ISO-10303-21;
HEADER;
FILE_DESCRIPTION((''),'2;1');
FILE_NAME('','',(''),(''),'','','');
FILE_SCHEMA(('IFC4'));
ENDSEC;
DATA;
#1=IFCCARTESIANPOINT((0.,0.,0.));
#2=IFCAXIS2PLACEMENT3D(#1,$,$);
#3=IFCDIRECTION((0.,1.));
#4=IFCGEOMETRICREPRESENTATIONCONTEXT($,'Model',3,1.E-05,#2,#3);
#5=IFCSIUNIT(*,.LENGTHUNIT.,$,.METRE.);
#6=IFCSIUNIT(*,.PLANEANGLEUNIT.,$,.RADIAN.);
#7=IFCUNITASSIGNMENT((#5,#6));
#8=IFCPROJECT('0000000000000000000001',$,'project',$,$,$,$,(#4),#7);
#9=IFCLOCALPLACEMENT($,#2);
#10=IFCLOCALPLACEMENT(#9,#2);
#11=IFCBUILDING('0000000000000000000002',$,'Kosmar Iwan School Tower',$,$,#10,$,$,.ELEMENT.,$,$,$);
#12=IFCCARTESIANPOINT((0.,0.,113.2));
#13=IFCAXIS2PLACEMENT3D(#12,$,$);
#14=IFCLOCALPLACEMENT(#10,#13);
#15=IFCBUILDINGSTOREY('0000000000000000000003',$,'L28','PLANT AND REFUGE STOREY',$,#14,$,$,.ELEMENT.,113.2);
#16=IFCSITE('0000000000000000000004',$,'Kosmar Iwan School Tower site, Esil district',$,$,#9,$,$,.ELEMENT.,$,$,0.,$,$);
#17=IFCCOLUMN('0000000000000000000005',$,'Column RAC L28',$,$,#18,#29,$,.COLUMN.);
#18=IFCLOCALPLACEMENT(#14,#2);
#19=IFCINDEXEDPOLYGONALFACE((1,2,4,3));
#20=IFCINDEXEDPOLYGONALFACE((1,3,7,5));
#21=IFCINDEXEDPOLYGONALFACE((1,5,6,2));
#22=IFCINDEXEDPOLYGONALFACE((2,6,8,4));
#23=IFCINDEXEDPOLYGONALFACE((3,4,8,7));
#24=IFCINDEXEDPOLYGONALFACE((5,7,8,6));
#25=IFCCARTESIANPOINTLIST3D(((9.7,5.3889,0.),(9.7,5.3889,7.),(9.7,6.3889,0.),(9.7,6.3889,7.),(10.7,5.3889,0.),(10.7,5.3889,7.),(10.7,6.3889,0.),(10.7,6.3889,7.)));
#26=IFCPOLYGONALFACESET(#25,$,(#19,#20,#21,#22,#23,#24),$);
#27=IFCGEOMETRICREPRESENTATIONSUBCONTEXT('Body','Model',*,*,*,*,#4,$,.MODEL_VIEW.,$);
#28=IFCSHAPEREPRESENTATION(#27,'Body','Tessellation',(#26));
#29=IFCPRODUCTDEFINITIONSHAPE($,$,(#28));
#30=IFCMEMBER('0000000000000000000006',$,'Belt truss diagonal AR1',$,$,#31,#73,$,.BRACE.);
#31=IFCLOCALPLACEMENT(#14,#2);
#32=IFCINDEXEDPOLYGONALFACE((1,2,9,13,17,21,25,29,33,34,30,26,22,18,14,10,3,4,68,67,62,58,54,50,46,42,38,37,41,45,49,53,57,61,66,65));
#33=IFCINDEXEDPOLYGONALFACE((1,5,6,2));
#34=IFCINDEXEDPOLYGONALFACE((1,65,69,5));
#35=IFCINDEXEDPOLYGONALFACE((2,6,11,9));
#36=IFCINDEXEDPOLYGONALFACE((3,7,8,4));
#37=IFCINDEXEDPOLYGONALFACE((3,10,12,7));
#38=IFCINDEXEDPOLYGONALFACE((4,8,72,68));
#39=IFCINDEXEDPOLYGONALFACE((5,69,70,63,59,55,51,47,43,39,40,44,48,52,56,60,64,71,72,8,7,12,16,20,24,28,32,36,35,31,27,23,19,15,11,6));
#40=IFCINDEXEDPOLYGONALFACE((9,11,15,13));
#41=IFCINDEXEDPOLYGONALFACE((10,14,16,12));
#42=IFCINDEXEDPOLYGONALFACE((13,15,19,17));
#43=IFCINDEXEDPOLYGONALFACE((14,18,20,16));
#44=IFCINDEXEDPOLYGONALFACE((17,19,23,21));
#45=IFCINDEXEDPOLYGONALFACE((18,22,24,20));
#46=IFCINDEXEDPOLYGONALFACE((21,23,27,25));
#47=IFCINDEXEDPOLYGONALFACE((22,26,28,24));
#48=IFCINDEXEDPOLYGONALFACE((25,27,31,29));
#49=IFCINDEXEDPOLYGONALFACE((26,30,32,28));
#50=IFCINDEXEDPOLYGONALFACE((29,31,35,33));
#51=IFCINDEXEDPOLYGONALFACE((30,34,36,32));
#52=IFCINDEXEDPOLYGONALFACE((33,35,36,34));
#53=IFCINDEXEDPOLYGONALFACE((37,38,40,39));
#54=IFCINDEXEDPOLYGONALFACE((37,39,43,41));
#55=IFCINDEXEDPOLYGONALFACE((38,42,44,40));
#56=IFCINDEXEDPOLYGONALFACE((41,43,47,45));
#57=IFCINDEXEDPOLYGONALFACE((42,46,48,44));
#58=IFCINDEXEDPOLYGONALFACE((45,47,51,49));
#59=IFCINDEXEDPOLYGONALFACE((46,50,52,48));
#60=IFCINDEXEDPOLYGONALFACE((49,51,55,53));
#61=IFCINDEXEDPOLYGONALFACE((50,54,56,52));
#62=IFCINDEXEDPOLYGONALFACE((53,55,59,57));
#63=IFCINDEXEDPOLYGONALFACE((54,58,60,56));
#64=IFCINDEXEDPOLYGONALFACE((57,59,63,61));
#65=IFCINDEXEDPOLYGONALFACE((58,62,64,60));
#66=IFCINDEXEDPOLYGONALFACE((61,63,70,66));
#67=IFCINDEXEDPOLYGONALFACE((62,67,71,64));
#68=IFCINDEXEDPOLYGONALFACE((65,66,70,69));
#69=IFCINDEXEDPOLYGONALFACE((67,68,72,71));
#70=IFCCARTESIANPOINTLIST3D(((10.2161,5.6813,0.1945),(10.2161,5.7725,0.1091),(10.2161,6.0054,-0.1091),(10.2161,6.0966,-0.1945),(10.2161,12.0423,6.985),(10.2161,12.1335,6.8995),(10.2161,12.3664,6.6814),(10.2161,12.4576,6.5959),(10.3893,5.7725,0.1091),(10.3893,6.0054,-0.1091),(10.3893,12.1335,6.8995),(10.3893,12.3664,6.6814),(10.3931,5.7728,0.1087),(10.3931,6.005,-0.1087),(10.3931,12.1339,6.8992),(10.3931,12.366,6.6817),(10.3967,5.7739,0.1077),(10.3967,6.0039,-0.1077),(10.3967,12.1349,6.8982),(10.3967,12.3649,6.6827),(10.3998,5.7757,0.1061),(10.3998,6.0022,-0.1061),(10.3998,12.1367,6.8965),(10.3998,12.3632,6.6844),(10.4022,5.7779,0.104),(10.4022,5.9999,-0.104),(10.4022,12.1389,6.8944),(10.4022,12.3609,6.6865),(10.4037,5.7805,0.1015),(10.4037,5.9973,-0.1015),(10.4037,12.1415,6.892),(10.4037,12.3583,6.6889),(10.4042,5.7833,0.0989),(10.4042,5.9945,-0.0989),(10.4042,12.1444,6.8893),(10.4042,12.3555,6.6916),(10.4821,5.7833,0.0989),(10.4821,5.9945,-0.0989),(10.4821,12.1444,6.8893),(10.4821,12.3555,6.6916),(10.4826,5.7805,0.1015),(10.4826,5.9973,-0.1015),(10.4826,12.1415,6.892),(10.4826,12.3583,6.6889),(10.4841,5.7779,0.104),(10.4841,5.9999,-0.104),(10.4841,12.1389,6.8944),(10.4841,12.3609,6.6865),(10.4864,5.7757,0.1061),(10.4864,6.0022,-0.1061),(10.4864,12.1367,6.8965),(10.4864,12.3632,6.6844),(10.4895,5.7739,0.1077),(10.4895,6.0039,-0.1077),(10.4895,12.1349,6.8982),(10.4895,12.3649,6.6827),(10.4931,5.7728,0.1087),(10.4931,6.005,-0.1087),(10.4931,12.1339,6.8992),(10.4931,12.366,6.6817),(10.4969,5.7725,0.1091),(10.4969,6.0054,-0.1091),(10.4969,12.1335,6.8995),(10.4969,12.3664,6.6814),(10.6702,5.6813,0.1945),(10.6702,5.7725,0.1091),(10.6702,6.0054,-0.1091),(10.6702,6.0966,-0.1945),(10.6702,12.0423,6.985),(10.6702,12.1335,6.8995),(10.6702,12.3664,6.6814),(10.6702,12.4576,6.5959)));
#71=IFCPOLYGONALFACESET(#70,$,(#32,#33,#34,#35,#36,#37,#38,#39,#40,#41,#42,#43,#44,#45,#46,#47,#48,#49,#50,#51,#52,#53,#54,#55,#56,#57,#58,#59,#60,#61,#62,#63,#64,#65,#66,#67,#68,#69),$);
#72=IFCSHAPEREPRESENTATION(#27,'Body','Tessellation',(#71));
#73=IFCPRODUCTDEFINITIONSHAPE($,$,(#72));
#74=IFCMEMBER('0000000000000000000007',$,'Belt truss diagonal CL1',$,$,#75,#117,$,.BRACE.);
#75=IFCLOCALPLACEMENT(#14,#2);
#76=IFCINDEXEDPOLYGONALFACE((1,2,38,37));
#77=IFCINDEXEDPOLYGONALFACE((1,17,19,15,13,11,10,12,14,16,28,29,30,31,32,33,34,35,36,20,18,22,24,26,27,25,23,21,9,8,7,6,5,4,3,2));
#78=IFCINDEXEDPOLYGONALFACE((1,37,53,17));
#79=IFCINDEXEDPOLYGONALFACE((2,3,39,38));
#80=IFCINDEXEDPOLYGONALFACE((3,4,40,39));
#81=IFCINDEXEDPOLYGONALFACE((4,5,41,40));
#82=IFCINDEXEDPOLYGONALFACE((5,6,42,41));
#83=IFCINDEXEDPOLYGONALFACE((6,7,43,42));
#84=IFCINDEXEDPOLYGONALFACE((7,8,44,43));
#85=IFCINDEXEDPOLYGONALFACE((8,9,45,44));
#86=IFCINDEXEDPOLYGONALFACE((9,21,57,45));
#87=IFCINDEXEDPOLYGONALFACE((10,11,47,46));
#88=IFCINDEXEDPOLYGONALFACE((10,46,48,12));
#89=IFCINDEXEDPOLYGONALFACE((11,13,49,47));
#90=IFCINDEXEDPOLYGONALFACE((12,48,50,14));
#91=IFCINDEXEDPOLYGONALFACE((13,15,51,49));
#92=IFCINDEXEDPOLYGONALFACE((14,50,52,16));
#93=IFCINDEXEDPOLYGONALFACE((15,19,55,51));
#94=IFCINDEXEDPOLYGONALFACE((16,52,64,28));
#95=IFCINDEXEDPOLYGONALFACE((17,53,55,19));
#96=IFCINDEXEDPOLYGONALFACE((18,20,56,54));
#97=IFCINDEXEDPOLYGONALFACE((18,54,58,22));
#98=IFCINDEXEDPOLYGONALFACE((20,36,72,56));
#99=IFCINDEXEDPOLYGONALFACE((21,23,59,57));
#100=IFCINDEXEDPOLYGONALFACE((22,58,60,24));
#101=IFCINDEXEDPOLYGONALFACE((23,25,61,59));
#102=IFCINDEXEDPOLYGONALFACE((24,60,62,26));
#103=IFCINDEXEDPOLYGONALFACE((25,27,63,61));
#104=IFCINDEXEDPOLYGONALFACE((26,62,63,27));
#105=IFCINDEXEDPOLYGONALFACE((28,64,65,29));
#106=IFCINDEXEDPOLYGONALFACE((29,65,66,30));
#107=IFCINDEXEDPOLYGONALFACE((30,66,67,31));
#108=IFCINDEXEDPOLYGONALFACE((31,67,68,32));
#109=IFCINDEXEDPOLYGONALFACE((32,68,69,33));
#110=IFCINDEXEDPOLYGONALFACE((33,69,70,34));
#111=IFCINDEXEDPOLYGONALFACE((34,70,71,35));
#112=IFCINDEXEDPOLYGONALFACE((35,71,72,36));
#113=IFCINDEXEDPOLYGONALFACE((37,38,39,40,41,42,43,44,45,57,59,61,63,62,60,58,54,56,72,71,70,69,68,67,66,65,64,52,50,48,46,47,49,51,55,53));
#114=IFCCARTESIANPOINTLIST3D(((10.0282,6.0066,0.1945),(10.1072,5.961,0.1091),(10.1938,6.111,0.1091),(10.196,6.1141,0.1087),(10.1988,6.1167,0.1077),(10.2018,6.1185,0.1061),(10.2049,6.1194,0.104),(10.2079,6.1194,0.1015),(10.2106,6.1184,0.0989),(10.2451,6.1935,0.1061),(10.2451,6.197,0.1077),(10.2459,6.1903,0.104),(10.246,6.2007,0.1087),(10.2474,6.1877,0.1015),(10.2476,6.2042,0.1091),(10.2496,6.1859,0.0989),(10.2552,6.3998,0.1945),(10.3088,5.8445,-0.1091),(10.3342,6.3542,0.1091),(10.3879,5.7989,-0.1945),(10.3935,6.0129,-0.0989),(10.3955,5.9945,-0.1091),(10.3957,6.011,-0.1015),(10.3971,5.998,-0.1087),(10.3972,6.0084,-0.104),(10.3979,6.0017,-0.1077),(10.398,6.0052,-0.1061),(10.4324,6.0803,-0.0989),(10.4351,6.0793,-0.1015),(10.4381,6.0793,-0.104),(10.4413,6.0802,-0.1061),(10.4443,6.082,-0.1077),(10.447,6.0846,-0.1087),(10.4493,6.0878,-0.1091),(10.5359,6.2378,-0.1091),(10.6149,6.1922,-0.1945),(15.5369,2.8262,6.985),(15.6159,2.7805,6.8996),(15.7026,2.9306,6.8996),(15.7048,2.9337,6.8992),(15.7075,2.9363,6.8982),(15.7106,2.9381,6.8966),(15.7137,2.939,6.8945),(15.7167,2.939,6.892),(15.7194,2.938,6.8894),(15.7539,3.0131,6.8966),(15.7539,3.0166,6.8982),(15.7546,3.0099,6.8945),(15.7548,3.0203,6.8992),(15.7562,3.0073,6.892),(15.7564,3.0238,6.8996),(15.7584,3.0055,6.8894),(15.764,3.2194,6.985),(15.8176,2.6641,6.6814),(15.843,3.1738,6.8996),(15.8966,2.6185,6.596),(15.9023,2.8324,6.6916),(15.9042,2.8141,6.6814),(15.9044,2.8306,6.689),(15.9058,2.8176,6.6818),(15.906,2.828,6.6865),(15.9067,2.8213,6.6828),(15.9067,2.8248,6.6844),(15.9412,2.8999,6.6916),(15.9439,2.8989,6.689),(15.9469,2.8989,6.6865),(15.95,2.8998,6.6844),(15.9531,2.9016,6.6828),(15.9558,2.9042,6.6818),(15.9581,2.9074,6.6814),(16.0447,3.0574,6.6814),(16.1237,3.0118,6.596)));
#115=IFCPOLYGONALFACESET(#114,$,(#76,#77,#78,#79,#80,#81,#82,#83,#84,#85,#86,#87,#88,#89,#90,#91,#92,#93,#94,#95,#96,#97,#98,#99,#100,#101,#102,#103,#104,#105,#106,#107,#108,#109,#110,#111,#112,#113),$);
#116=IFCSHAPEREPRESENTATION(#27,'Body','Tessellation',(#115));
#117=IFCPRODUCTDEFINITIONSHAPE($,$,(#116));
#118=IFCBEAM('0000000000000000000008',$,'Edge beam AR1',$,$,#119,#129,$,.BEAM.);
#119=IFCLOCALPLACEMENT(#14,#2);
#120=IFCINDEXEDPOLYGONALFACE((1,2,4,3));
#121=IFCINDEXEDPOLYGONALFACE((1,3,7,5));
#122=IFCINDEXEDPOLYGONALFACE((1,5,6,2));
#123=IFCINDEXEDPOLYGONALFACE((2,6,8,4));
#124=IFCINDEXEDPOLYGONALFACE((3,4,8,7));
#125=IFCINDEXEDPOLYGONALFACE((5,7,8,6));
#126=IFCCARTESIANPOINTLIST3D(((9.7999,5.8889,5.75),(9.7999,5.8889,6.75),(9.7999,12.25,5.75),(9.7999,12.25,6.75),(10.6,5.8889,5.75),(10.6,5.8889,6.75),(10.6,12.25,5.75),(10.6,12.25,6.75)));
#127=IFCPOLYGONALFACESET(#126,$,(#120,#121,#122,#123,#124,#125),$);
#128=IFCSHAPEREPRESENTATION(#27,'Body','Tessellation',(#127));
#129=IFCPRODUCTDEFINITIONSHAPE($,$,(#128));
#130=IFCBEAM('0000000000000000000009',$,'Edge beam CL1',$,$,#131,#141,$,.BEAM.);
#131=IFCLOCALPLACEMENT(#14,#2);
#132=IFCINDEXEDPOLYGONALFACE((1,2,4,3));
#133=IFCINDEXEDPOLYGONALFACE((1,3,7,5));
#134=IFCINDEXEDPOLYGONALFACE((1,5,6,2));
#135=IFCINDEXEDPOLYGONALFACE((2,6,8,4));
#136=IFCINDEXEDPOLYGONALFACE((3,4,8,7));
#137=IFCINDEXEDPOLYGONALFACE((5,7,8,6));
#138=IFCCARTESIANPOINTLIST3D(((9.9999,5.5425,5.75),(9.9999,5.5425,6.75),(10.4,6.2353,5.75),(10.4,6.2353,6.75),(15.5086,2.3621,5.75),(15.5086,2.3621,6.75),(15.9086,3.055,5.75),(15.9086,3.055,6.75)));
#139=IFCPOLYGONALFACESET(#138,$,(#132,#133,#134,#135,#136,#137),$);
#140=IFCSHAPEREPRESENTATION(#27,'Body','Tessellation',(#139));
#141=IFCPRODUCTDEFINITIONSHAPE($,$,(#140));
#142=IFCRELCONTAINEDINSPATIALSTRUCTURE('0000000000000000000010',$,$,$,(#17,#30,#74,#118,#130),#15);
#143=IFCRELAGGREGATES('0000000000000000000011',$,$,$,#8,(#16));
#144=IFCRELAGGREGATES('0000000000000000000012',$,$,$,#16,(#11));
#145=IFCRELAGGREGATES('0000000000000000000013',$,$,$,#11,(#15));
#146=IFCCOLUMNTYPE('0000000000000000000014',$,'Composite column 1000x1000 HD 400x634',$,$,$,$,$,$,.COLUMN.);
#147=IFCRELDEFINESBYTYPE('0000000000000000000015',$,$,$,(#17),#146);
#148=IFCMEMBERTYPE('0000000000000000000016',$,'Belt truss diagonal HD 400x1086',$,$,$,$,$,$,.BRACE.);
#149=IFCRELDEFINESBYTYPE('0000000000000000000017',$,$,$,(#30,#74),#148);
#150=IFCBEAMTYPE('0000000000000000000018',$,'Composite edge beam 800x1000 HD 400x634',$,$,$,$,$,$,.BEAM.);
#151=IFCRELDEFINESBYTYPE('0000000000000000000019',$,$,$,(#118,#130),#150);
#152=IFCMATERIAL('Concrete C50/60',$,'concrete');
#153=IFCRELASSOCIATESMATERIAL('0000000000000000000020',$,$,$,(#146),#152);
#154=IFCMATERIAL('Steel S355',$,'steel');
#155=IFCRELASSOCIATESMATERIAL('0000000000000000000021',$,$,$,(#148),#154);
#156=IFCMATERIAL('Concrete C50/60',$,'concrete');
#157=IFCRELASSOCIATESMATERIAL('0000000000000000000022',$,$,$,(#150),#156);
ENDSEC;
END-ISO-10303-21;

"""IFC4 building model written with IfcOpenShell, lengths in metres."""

from ifc_helpers import new_model, si_unit, direction, frame, origin, origin_2d, place, context, subcontext, project, spatial, rectangle, i_section, extrude, material, material_profile, profile_set, type_object, element, save


model = new_model("IFC4")

# Units and contexts
model_context = context("Model", 3, precision=1e-05, world=origin(), true_north=direction((0.0, 1.0)))
body_context = subcontext(model_context, "Body", "Model", "MODEL_VIEW")
ifc_project = project(units=[si_unit("LENGTHUNIT", "METRE"), si_unit("PLANEANGLEUNIT", "RADIAN")], contexts=[model_context])

# Site, building, storey
site_placement = place(None, origin())
site = spatial("IfcSite", under=ifc_project, at=site_placement, Name="Kosmar Iwan School Tower site, Esil district", CompositionType="ELEMENT", RefElevation=0.0)
building_placement = place(site_placement, origin())
building = spatial("IfcBuilding", under=site, at=building_placement, Name="Kosmar Iwan School Tower", CompositionType="ELEMENT")
storey_placement = place(building_placement, frame((0.0, 0.0, 113.2)))
storey = spatial("IfcBuildingStorey", under=building, at=storey_placement, Name="L28", Description="PLANT AND REFUGE STOREY", CompositionType="ELEMENT", Elevation=113.2)

# Column
ifc_material_1 = material(Name="Concrete C50/60", Category="concrete")
ifc_material_profile_1 = material_profile(ifc_material_1, rectangle(XDim=1.0, YDim=1.0, at=origin_2d()), Name="RC 1000x1000 + HD 400x634")
ifc_profile_set_1 = profile_set([ifc_material_profile_1], Name="Concrete C50/60")
column_type = type_object("IfcColumnType", Name="Composite column 1000x1000 HD 400x634", PredefinedType="COLUMN", material=ifc_profile_set_1)
column_placement = place(storey_placement, frame((10.2, 5.8889, 0.0), z_axis=(0.0, 0.0, 1.0), x_axis=(1.0, 0.0, 0.0)))
element("IfcColumn", 1, at=column_placement, inside=storey, type_object=column_type, Name="Column RAC L28", PredefinedType="COLUMN", context=body_context, shape_type="SweptSolid", body=[
    extrude(rectangle(XDim=1.0, YDim=1.0, at=origin_2d()), origin(), (0.0, 0.0, 1.0), 7.0),
])

# Members
ifc_material_2 = material(Name="Steel S355", Category="steel")
ifc_material_profile_2 = material_profile(ifc_material_2, i_section(OverallWidth=0.4541, OverallDepth=0.5691, WebThickness=0.0779, FlangeThickness=0.125, FilletRadius=0.0149, at=origin_2d()), Name="HD 400x1086")
ifc_profile_set_2 = profile_set([ifc_material_profile_2], Name="Steel S355")
member_type = type_object("IfcMemberType", Name="Belt truss diagonal HD 400x1086", PredefinedType="BRACE", material=ifc_profile_set_2)
for number, where, z_axis, x_axis, name in (
    (2, (10.4431, 5.8889, 0.0), (0.0, 0.683653, 0.729807), (-1.0, 0.0, 0.0), "Belt truss diagonal AR1"),
    (3, (10.3215, 6.0994, 0.0), (0.592059, -0.341816, 0.729814), (0.49999, 0.866031, 0.0), "Belt truss diagonal CL1"),
):
    element("IfcMember", number, at=place(storey_placement, frame(where, z_axis=z_axis, x_axis=x_axis)), inside=storey, type_object=member_type, Name=name, PredefinedType="BRACE", context=body_context, shape_type="SweptSolid", body=[
        extrude(i_section(OverallWidth=0.4541, OverallDepth=0.5691, WebThickness=0.0779, FlangeThickness=0.125, FilletRadius=0.0149, at=origin_2d()), origin(), (0.0, 0.0, 1.0), 9.3044),
    ])

# Beams
ifc_material_3 = material(Name="Concrete C50/60", Category="concrete")
ifc_material_profile_3 = material_profile(ifc_material_3, rectangle(XDim=0.8, YDim=1.0, at=origin_2d()), Name="RC 800x1000 + HD 400x634")
ifc_profile_set_3 = profile_set([ifc_material_profile_3], Name="Concrete C50/60")
beam_type = type_object("IfcBeamType", Name="Composite edge beam 800x1000 HD 400x634", PredefinedType="BEAM", material=ifc_profile_set_3)
beam_1_placement = place(storey_placement, frame((10.2, 5.8889, 6.25), z_axis=(0.0, 1.0, 0.0), x_axis=(-1.0, 0.0, 0.0)))
element("IfcBeam", 4, at=beam_1_placement, inside=storey, type_object=beam_type, Name="Edge beam AR1", PredefinedType="BEAM", context=body_context, shape_type="SweptSolid", body=[
    extrude(rectangle(XDim=0.8, YDim=1.0, at=origin_2d()), origin(), (0.0, 0.0, 1.0), 6.3611),
])
beam_2_placement = place(storey_placement, frame((10.2, 5.8889, 6.25), z_axis=(0.866031, -0.49999, 0.0), x_axis=(0.49999, 0.866031, 0.0)))
element("IfcBeam", 5, at=beam_2_placement, inside=storey, type_object=beam_type, Name="Edge beam CL1", PredefinedType="BEAM", context=body_context, shape_type="SweptSolid", body=[
    extrude(rectangle(XDim=0.8, YDim=1.0, at=origin_2d()), origin(), (0.0, 0.0, 1.0), 6.3608),
])

save(model, "model.ifc")
